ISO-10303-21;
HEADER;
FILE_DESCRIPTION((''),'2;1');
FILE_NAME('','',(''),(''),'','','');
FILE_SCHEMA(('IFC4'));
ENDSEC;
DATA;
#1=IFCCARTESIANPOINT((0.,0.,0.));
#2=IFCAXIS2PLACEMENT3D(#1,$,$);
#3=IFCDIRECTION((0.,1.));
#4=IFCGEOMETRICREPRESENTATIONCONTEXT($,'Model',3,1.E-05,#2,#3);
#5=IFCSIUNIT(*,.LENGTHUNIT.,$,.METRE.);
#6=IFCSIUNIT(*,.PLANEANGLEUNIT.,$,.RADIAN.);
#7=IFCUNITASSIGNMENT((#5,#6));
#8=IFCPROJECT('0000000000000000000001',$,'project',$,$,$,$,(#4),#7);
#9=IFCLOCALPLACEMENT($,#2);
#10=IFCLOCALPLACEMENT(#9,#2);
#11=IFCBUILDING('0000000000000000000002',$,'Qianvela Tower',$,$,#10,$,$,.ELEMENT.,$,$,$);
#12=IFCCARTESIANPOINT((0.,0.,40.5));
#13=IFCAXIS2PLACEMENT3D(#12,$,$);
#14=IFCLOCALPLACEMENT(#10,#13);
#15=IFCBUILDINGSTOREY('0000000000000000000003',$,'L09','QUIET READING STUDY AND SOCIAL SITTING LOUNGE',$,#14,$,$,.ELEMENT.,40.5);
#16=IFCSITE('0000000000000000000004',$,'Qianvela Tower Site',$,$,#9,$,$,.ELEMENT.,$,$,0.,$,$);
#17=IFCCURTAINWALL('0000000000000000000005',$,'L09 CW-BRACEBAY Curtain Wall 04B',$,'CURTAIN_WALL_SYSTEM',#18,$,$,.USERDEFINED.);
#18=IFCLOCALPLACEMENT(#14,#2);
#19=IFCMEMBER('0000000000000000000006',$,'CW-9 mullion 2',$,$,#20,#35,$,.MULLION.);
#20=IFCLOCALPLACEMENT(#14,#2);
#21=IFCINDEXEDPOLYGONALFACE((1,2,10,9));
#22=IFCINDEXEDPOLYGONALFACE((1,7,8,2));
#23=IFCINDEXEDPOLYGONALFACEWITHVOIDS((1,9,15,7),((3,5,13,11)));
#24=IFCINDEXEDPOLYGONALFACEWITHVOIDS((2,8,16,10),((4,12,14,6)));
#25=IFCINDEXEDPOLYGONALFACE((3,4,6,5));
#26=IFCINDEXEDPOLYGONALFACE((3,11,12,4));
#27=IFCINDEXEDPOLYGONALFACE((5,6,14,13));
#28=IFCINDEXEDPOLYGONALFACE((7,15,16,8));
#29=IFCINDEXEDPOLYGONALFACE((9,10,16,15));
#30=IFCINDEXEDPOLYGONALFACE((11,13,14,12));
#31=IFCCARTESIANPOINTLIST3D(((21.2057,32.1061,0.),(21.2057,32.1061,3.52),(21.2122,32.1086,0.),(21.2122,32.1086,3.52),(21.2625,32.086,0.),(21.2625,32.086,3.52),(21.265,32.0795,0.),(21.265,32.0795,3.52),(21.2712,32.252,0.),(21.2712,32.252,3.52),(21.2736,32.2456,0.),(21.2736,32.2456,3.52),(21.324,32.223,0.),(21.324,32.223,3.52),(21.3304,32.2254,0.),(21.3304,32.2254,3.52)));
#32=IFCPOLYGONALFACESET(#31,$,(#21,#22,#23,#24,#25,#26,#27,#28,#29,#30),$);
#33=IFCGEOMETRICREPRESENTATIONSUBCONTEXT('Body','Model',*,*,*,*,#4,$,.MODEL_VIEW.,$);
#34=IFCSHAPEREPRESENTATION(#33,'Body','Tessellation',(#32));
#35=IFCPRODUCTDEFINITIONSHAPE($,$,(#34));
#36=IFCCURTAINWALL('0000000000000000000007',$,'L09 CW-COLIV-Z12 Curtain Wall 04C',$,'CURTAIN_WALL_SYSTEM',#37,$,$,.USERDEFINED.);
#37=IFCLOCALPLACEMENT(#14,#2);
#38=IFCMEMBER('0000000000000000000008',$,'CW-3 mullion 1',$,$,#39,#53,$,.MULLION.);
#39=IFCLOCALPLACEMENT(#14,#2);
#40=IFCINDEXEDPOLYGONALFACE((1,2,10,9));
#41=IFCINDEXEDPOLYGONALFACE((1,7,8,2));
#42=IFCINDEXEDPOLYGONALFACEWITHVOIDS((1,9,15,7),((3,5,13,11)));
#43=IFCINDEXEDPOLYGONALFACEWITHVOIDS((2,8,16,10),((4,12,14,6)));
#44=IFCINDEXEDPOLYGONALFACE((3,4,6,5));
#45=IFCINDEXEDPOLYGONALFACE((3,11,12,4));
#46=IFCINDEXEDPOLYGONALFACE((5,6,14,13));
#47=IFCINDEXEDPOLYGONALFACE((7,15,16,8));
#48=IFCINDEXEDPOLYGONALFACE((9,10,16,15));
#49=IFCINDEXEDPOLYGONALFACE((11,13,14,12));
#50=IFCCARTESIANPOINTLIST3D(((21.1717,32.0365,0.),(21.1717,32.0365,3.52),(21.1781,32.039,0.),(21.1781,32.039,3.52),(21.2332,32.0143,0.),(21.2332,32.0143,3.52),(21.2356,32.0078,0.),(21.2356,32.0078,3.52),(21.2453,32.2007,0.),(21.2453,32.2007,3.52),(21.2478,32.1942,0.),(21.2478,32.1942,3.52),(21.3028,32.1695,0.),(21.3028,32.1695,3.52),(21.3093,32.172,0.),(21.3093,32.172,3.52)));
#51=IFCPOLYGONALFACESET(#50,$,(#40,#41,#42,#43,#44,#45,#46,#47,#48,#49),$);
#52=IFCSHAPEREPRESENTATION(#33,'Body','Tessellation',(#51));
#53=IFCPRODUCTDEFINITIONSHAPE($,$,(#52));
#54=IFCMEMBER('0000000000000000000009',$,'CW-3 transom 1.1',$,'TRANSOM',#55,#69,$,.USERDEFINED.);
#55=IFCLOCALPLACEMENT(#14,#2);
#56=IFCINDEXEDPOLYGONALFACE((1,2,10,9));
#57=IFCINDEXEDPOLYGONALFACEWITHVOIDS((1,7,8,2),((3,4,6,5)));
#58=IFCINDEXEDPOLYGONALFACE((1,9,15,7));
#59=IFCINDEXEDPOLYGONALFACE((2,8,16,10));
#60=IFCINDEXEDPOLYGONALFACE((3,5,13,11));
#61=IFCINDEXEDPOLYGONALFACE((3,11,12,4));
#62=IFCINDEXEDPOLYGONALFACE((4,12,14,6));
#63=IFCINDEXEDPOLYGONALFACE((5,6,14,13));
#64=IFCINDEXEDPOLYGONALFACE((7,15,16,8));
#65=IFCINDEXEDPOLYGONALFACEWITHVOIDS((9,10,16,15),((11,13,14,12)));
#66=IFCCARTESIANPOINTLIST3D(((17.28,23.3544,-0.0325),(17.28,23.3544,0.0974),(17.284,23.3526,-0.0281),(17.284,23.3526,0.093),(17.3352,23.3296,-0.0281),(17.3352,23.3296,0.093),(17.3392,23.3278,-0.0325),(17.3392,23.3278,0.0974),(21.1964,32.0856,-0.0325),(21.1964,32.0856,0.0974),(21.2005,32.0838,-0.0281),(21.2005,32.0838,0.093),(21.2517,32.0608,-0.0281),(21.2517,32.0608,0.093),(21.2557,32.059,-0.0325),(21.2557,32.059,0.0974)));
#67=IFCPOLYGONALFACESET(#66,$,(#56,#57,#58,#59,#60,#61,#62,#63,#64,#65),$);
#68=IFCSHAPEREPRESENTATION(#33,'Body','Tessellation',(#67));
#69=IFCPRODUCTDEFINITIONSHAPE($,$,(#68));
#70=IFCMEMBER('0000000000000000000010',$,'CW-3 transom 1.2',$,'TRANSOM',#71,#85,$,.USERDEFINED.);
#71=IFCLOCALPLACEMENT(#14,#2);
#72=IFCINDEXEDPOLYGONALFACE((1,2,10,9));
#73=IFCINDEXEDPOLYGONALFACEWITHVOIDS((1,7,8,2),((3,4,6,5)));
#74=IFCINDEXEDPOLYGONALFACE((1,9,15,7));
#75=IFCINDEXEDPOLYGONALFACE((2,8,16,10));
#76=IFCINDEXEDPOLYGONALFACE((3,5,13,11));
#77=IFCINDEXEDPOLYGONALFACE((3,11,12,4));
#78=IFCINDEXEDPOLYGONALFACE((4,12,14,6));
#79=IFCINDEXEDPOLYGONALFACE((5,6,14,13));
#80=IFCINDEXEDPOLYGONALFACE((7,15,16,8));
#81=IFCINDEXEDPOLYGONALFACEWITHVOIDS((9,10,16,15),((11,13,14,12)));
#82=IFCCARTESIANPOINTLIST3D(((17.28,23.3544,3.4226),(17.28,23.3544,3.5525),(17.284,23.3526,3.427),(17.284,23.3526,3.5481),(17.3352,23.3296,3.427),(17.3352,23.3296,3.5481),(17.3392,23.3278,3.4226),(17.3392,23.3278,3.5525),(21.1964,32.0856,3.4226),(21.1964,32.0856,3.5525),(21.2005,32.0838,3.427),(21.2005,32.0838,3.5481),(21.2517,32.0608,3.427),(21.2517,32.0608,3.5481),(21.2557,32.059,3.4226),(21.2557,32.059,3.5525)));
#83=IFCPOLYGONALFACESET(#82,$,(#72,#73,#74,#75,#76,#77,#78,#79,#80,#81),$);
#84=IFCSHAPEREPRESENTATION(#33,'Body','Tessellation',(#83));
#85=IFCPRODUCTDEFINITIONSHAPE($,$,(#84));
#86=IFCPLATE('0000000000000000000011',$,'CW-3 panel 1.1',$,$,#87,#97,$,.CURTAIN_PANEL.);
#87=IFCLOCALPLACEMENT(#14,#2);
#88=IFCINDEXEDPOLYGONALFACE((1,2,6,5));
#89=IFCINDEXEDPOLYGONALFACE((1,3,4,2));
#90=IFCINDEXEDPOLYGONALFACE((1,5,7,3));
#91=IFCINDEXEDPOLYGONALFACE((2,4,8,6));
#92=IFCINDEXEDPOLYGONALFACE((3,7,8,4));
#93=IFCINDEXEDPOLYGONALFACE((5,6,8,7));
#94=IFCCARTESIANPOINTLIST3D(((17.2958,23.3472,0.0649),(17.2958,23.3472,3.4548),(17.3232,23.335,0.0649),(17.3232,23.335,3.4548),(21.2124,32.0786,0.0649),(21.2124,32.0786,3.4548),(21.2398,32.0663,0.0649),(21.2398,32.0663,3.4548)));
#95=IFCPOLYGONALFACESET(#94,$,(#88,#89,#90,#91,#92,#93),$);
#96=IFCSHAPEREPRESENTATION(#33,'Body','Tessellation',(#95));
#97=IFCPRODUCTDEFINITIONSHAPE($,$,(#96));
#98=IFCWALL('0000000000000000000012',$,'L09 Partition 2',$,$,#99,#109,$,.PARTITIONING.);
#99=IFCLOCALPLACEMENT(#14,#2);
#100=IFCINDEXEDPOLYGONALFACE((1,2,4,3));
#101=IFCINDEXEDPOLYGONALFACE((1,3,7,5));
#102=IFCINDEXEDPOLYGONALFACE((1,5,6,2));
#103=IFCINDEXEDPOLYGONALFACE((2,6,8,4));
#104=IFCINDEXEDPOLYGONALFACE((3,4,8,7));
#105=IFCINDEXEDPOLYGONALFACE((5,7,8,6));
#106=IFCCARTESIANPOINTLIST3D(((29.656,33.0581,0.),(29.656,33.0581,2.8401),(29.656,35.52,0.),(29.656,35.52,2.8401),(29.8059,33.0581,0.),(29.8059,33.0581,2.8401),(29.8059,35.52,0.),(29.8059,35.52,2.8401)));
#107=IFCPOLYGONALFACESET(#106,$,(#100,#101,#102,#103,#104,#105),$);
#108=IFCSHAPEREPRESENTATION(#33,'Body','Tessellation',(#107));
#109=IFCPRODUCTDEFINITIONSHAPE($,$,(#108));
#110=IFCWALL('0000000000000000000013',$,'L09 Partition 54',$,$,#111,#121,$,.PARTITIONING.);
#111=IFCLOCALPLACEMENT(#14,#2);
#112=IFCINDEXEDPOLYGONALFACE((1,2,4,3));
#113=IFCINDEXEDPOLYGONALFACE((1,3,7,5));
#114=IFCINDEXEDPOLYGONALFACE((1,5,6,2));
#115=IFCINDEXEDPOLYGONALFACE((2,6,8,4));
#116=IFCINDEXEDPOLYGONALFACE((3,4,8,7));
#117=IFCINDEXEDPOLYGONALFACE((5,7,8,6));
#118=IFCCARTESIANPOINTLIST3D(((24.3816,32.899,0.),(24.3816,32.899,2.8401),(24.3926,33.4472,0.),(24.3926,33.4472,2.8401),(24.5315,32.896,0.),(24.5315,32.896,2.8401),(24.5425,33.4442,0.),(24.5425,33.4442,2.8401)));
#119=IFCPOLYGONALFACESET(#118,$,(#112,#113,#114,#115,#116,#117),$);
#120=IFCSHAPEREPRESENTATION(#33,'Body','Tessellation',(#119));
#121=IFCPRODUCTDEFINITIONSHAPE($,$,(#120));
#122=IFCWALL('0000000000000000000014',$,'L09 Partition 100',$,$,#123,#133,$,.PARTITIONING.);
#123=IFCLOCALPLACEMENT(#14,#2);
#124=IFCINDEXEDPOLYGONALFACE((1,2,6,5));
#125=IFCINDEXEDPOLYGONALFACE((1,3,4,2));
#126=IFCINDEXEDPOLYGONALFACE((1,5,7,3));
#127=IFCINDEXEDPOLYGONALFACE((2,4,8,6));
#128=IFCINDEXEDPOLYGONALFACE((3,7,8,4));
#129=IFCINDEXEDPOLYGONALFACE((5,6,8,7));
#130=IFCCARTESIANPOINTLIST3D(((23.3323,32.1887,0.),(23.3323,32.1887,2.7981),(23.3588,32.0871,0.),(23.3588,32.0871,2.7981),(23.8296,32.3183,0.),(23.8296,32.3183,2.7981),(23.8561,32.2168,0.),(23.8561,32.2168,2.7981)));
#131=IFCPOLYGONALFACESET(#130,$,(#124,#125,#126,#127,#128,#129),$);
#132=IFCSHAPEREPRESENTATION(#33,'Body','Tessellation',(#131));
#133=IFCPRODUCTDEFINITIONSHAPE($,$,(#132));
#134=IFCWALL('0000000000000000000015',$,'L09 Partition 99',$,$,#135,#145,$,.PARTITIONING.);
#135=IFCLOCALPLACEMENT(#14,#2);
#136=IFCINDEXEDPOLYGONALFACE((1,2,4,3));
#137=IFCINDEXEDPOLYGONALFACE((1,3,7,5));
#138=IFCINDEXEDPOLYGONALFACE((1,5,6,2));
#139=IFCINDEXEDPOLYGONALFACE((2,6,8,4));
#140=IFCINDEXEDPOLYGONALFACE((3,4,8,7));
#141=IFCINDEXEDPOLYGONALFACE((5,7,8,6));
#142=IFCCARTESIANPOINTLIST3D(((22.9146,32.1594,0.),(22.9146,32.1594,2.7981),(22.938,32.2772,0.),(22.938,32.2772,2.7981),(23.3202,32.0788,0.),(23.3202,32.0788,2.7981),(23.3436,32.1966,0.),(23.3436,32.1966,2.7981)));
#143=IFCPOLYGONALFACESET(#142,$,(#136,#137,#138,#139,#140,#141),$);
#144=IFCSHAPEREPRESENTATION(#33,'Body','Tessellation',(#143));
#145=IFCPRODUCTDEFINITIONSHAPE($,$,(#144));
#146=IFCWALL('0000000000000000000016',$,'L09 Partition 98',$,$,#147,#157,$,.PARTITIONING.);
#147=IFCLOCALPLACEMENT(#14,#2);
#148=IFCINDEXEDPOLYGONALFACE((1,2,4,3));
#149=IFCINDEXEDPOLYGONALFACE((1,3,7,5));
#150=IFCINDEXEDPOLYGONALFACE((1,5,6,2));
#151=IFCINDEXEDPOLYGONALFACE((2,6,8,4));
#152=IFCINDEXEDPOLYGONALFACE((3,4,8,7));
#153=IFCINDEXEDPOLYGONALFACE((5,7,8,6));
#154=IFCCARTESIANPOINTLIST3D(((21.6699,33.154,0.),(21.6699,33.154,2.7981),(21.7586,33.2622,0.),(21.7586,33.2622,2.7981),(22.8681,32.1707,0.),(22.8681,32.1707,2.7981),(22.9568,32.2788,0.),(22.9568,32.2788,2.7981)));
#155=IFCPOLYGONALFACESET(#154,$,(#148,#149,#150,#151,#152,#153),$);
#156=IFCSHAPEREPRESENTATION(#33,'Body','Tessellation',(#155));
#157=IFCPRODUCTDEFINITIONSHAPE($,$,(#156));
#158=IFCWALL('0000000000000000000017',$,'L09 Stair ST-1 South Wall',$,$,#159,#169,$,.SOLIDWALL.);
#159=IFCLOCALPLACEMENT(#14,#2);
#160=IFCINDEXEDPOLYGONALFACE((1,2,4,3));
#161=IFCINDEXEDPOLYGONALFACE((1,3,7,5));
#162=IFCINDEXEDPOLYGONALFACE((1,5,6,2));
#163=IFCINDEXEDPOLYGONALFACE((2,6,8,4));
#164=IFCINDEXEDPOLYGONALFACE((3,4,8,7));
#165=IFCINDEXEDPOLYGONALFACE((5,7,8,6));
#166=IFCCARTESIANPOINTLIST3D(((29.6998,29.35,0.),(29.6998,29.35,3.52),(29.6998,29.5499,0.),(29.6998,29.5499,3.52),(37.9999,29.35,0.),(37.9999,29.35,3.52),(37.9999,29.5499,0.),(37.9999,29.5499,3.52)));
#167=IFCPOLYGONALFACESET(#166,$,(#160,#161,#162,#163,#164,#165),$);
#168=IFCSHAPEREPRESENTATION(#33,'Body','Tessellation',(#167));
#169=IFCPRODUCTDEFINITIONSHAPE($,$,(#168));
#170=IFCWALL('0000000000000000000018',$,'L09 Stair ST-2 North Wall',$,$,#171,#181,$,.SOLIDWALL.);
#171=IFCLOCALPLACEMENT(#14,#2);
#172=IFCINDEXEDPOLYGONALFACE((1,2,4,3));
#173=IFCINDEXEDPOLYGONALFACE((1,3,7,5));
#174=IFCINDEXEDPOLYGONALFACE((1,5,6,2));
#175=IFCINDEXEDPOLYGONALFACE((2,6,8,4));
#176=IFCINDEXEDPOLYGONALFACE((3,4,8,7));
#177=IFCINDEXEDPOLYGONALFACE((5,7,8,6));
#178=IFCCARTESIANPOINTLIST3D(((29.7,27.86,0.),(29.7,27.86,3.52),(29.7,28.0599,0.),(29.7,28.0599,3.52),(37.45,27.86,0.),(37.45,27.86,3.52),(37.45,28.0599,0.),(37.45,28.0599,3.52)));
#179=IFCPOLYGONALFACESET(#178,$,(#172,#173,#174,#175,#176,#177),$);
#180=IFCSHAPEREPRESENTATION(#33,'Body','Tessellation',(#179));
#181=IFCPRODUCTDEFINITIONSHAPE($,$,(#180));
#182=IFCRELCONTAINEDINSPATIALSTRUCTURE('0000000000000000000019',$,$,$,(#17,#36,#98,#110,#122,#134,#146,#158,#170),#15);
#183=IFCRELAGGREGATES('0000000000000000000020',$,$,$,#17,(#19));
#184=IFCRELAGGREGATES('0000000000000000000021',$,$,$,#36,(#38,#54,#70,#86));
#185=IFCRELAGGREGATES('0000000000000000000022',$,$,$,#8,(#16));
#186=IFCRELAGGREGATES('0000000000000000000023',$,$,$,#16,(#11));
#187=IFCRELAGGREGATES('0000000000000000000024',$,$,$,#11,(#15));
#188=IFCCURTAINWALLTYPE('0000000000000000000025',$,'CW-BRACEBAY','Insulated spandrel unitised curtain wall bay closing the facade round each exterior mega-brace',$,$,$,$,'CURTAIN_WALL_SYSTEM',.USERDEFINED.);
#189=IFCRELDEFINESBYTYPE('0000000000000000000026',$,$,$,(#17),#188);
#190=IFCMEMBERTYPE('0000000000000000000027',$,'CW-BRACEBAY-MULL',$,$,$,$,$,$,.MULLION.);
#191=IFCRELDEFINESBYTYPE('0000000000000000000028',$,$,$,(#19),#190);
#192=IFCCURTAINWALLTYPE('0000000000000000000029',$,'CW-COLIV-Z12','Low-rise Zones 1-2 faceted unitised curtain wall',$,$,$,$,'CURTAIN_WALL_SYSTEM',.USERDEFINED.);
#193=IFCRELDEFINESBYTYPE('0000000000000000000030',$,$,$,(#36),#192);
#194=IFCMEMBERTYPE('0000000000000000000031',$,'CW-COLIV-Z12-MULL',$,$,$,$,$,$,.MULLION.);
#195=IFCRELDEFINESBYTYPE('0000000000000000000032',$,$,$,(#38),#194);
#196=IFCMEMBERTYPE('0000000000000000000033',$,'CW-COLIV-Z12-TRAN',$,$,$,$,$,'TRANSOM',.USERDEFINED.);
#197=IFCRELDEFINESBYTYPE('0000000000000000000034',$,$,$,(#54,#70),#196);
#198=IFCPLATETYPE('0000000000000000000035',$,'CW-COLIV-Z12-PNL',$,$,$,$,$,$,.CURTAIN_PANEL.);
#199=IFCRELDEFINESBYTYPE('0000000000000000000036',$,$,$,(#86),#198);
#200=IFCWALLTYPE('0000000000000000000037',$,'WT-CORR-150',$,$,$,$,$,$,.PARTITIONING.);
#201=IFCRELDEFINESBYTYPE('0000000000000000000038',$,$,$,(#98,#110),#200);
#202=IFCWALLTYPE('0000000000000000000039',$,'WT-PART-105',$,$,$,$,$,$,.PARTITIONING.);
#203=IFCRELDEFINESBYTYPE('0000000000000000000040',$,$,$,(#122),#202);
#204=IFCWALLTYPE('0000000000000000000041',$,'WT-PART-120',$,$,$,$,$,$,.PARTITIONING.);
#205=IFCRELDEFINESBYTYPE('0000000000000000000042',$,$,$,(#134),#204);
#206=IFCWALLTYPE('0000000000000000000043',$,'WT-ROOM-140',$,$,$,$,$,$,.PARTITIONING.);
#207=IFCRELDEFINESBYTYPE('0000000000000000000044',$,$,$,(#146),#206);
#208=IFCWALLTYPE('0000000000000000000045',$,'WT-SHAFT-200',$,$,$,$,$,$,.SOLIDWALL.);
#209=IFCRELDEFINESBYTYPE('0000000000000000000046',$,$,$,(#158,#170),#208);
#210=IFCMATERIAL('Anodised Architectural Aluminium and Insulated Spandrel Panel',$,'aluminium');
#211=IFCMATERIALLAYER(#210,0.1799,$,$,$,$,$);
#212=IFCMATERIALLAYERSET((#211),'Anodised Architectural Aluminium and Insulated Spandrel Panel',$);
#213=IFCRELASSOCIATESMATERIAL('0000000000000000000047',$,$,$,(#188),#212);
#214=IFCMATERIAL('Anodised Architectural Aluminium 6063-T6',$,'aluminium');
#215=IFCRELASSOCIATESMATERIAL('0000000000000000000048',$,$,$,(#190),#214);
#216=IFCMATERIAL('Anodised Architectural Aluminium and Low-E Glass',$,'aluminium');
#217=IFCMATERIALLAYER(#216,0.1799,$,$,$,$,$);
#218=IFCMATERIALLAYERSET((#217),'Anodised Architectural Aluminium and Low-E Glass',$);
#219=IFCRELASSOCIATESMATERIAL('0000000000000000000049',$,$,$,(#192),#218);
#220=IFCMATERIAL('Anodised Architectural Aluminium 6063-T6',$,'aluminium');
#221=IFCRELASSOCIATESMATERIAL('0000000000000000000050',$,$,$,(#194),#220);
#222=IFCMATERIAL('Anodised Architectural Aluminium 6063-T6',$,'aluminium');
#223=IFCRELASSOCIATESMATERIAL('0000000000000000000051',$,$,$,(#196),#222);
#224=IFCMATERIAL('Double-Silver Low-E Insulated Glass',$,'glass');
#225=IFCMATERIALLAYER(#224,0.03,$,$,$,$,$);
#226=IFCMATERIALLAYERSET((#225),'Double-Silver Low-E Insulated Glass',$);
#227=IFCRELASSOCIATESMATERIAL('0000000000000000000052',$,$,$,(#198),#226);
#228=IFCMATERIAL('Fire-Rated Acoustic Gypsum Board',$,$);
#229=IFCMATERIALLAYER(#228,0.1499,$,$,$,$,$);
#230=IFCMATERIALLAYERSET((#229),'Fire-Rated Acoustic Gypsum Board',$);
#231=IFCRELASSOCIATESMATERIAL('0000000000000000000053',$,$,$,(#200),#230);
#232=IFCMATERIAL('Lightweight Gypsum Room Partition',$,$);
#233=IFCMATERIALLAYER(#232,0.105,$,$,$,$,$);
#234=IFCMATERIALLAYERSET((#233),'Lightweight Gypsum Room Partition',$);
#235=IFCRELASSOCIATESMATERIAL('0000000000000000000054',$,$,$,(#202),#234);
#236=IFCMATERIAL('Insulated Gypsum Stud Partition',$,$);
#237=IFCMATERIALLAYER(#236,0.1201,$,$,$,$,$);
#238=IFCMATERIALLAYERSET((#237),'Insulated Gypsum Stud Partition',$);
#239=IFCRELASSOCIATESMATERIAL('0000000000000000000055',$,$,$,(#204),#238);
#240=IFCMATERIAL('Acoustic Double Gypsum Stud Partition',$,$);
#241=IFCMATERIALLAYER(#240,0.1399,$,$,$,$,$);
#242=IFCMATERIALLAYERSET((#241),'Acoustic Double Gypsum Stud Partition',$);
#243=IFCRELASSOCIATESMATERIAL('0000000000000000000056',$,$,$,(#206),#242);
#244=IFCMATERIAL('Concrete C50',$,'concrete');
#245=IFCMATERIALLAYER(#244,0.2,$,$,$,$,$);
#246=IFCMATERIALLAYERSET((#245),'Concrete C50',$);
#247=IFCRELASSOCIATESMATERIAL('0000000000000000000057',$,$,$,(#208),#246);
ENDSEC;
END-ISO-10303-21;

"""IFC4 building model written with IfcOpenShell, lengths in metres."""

from ifc_helpers import new_model, si_unit, direction, frame, frame_2d, origin, origin_2d, place, context, subcontext, project, spatial, rectangle, hollow_rectangle, extrude, material, layer, layer_set, material_profile, profile_set, type_object, element, aggregate, save


model = new_model("IFC4")

# Units and contexts
model_context = context("Model", 3, precision=1e-05, world=origin(), true_north=direction((0.0, 1.0)))
body_context = subcontext(model_context, "Body", "Model", "MODEL_VIEW")
ifc_project = project(units=[si_unit("LENGTHUNIT", "METRE"), si_unit("PLANEANGLEUNIT", "RADIAN")], contexts=[model_context])

# Site, building, storey
site_placement = place(None, origin())
site = spatial("IfcSite", under=ifc_project, at=site_placement, Name="Qianvela Tower Site", CompositionType="ELEMENT", RefElevation=0.0)
building_placement = place(site_placement, origin())
building = spatial("IfcBuilding", under=site, at=building_placement, Name="Qianvela Tower", CompositionType="ELEMENT")
storey_placement = place(building_placement, frame((0.0, 0.0, 40.5)))
storey = spatial("IfcBuildingStorey", under=building, at=storey_placement, Name="L09", Description="QUIET READING STUDY AND SOCIAL SITTING LOUNGE", CompositionType="ELEMENT", Elevation=40.5)

# Curtain wall, member
ifc_material_1 = material(Name="Anodised Architectural Aluminium and Insulated Spandrel Panel", Category="aluminium")
ifc_layer_1 = layer(ifc_material_1, 0.1799)
ifc_layer_set_1 = layer_set([ifc_layer_1], Name="Anodised Architectural Aluminium and Insulated Spandrel Panel")
curtain_wall_type_1 = type_object("IfcCurtainWallType", Name="CW-BRACEBAY", Description="Insulated spandrel unitised curtain wall bay closing the facade round each exterior mega-brace", ElementType="CURTAIN_WALL_SYSTEM", PredefinedType="USERDEFINED", material=ifc_layer_set_1)
curtain_wall_1_placement = place(storey_placement, origin())
curtain_wall_1 = element("IfcCurtainWall", 1, at=curtain_wall_1_placement, inside=storey, type_object=curtain_wall_type_1, Name="L09 CW-BRACEBAY Curtain Wall 04B", ObjectType="CURTAIN_WALL_SYSTEM", PredefinedType="USERDEFINED")
ifc_material_2 = material(Name="Anodised Architectural Aluminium 6063-T6", Category="aluminium")
ifc_material_profile_1 = material_profile(ifc_material_2, hollow_rectangle(XDim=0.0649, YDim=0.1599, WallThickness=0.0049, at=origin_2d()), Name="ALU-MULL-65x160")
ifc_profile_set_1 = profile_set([ifc_material_profile_1], Name="Anodised Architectural Aluminium 6063-T6")
member_type_1 = type_object("IfcMemberType", Name="CW-BRACEBAY-MULL", PredefinedType="MULLION", material=ifc_profile_set_1)
member_1_placement = place(storey_placement, frame((21.2681, 32.1658, 0.0), z_axis=(0.0, 0.0, 1.0), x_axis=(0.912412, -0.409273, 0.0)))
member_1 = element("IfcMember", 2, at=member_1_placement, type_object=member_type_1, Name="CW-9 mullion 2", PredefinedType="MULLION", context=body_context, shape_type="SweptSolid", body=[
    extrude(hollow_rectangle(XDim=0.0649, YDim=0.1599, WallThickness=0.0049, at=origin_2d()), origin(), (0.0, 0.0, 1.0), 3.52),
])
aggregate(curtain_wall_1, [member_1])

# Curtain wall, members, plate
ifc_material_3 = material(Name="Anodised Architectural Aluminium and Low-E Glass", Category="aluminium")
ifc_layer_2 = layer(ifc_material_3, 0.1799)
ifc_layer_set_2 = layer_set([ifc_layer_2], Name="Anodised Architectural Aluminium and Low-E Glass")
curtain_wall_type_2 = type_object("IfcCurtainWallType", Name="CW-COLIV-Z12", Description="Low-rise Zones 1-2 faceted unitised curtain wall", ElementType="CURTAIN_WALL_SYSTEM", PredefinedType="USERDEFINED", material=ifc_layer_set_2)
curtain_wall_2_placement = place(storey_placement, origin())
curtain_wall_2 = element("IfcCurtainWall", 3, at=curtain_wall_2_placement, inside=storey, type_object=curtain_wall_type_2, Name="L09 CW-COLIV-Z12 Curtain Wall 04C", ObjectType="CURTAIN_WALL_SYSTEM", PredefinedType="USERDEFINED")
ifc_material_4 = material(Name="Anodised Architectural Aluminium 6063-T6", Category="aluminium")
ifc_material_profile_2 = material_profile(ifc_material_4, hollow_rectangle(XDim=0.0701, YDim=0.1799, WallThickness=0.0049, at=origin_2d()), Name="ALU-MULL-70x180")
ifc_profile_set_2 = profile_set([ifc_material_profile_2], Name="Anodised Architectural Aluminium 6063-T6")
member_type_2 = type_object("IfcMemberType", Name="CW-COLIV-Z12-MULL", PredefinedType="MULLION", material=ifc_profile_set_2)
member_2_placement = place(storey_placement, frame((21.2405, 32.1042, 0.0), z_axis=(0.0, 0.0, 1.0), x_axis=(0.912408, -0.409281, 0.0)))
member_2 = element("IfcMember", 4, at=member_2_placement, type_object=member_type_2, Name="CW-3 mullion 1", PredefinedType="MULLION", context=body_context, shape_type="SweptSolid", body=[
    extrude(hollow_rectangle(XDim=0.0701, YDim=0.1799, WallThickness=0.0049, at=origin_2d()), origin(), (0.0, 0.0, 1.0), 3.52),
])
ifc_material_5 = material(Name="Anodised Architectural Aluminium 6063-T6", Category="aluminium")
ifc_material_profile_3 = material_profile(ifc_material_5, hollow_rectangle(XDim=0.0649, YDim=0.1299, WallThickness=0.0044, at=origin_2d()), Name="ALU-TRAN-65x130")
ifc_profile_set_3 = profile_set([ifc_material_profile_3], Name="Anodised Architectural Aluminium 6063-T6")
member_type_3 = type_object("IfcMemberType", Name="CW-COLIV-Z12-TRAN", ElementType="TRANSOM", PredefinedType="USERDEFINED", material=ifc_profile_set_3)
member_3_placement = place(storey_placement, frame((21.2261, 32.0723, 0.0325), z_axis=(-0.409275, -0.912411, 0.0), x_axis=(0.912411, -0.409275, 0.0)))
member_3 = element("IfcMember", 5, at=member_3_placement, type_object=member_type_3, Name="CW-3 transom 1.1", ObjectType="TRANSOM", PredefinedType="USERDEFINED", context=body_context, shape_type="SweptSolid", body=[
    extrude(hollow_rectangle(XDim=0.0649, YDim=0.1299, WallThickness=0.0044, at=origin_2d()), origin(), (0.0, 0.0, 1.0), 9.5693),
])
member_4_placement = place(storey_placement, frame((21.2261, 32.0723, 3.4875), z_axis=(-0.409275, -0.912411, 0.0), x_axis=(0.912411, -0.409275, 0.0)))
member_4 = element("IfcMember", 6, at=member_4_placement, type_object=member_type_3, Name="CW-3 transom 1.2", ObjectType="TRANSOM", PredefinedType="USERDEFINED", context=body_context, shape_type="SweptSolid", body=[
    extrude(hollow_rectangle(XDim=0.0649, YDim=0.1299, WallThickness=0.0044, at=origin_2d()), origin(), (0.0, 0.0, 1.0), 9.5693),
])
ifc_material_6 = material(Name="Double-Silver Low-E Insulated Glass", Category="glass")
ifc_layer_3 = layer(ifc_material_6, 0.03)
ifc_layer_set_3 = layer_set([ifc_layer_3], Name="Double-Silver Low-E Insulated Glass")
plate_type = type_object("IfcPlateType", Name="CW-COLIV-Z12-PNL", PredefinedType="CURTAIN_PANEL", material=ifc_layer_set_3)
plate_placement = place(storey_placement, frame((19.2678, 27.7068, 0.0649), z_axis=(0.0, 0.0, 1.0), x_axis=(-0.409281, -0.912408, 0.0)))
plate = element("IfcPlate", 7, at=plate_placement, type_object=plate_type, Name="CW-3 panel 1.1", PredefinedType="CURTAIN_PANEL", context=body_context, shape_type="SweptSolid", body=[
    extrude(rectangle(XDim=9.5696, YDim=0.03, at=origin_2d()), origin(), (0.0, 0.0, 1.0), 3.3899),
])
aggregate(curtain_wall_2, [member_2, member_3, member_4, plate])

# Walls
ifc_material_7 = material(Name="Fire-Rated Acoustic Gypsum Board")
ifc_layer_4 = layer(ifc_material_7, 0.1499)
ifc_layer_set_4 = layer_set([ifc_layer_4], Name="Fire-Rated Acoustic Gypsum Board")
wall_type_1 = type_object("IfcWallType", Name="WT-CORR-150", PredefinedType="PARTITIONING", material=ifc_layer_set_4)
wall_1_placement = place(storey_placement, frame((29.731, 33.0581, 0.0), z_axis=(0.0, 0.0, 1.0), x_axis=(0.0, 1.0, 0.0)))
element("IfcWall", 8, at=wall_1_placement, inside=storey, type_object=wall_type_1, Name="L09 Partition 2", PredefinedType="PARTITIONING", context=body_context, shape_type="SweptSolid", body=[
    extrude(rectangle(XDim=2.4619, YDim=0.1499, at=frame_2d((1.231, 0.0))), origin(), (0.0, 0.0, 1.0), 2.8401),
])
wall_2_placement = place(storey_placement, frame((24.4565, 32.8975, 0.0), z_axis=(0.0, 0.0, 1.0), x_axis=(0.020032, 0.999799, 0.0)))
element("IfcWall", 9, at=wall_2_placement, inside=storey, type_object=wall_type_1, Name="L09 Partition 54", PredefinedType="PARTITIONING", context=body_context, shape_type="SweptSolid", body=[
    extrude(rectangle(XDim=0.5483, YDim=0.1499, at=frame_2d((0.2742, 0.0))), origin(), (0.0, 0.0, 1.0), 2.8401),
])
ifc_material_8 = material(Name="Lightweight Gypsum Room Partition")
ifc_layer_5 = layer(ifc_material_8, 0.105)
ifc_layer_set_5 = layer_set([ifc_layer_5], Name="Lightweight Gypsum Room Partition")
wall_type_2 = type_object("IfcWallType", Name="WT-PART-105", PredefinedType="PARTITIONING", material=ifc_layer_set_5)
wall_3_placement = place(storey_placement, frame((23.3457, 32.1379, 0.0), z_axis=(0.0, 0.0, 1.0), x_axis=(0.967663, 0.252248, 0.0)))
element("IfcWall", 10, at=wall_3_placement, inside=storey, type_object=wall_type_2, Name="L09 Partition 100", PredefinedType="PARTITIONING", context=body_context, shape_type="SweptSolid", body=[
    extrude(rectangle(XDim=0.5139, YDim=0.105, at=frame_2d((0.2568, 0.0))), origin(), (0.0, 0.0, 1.0), 2.7981),
])
ifc_material_9 = material(Name="Insulated Gypsum Stud Partition")
ifc_layer_6 = layer(ifc_material_9, 0.1201)
ifc_layer_set_6 = layer_set([ifc_layer_6], Name="Insulated Gypsum Stud Partition")
wall_type_3 = type_object("IfcWallType", Name="WT-PART-120", PredefinedType="PARTITIONING", material=ifc_layer_set_6)
wall_4_placement = place(storey_placement, frame((22.9263, 32.2183, 0.0), z_axis=(0.0, 0.0, 1.0), x_axis=(0.980852, -0.194754, 0.0)))
element("IfcWall", 11, at=wall_4_placement, inside=storey, type_object=wall_type_3, Name="L09 Partition 99", PredefinedType="PARTITIONING", context=body_context, shape_type="SweptSolid", body=[
    extrude(rectangle(XDim=0.4136, YDim=0.1201, at=frame_2d((0.2068, 0.0))), origin(), (0.0, 0.0, 1.0), 2.7981),
])
ifc_material_10 = material(Name="Acoustic Double Gypsum Stud Partition")
ifc_layer_7 = layer(ifc_material_10, 0.1399)
ifc_layer_set_7 = layer_set([ifc_layer_7], Name="Acoustic Double Gypsum Stud Partition")
wall_type_4 = type_object("IfcWallType", Name="WT-ROOM-140", PredefinedType="PARTITIONING", material=ifc_layer_set_7)
wall_5_placement = place(storey_placement, frame((21.7144, 33.208, 0.0), z_axis=(0.0, 0.0, 1.0), x_axis=(0.773002, -0.634403, 0.0)))
element("IfcWall", 12, at=wall_5_placement, inside=storey, type_object=wall_type_4, Name="L09 Partition 98", PredefinedType="PARTITIONING", context=body_context, shape_type="SweptSolid", body=[
    extrude(rectangle(XDim=1.55, YDim=0.1399, at=frame_2d((0.7749, 0.0))), origin(), (0.0, 0.0, 1.0), 2.7981),
])
ifc_material_11 = material(Name="Concrete C50", Category="concrete")
ifc_layer_8 = layer(ifc_material_11, 0.2)
ifc_layer_set_8 = layer_set([ifc_layer_8], Name="Concrete C50")
wall_type_5 = type_object("IfcWallType", Name="WT-SHAFT-200", PredefinedType="SOLIDWALL", material=ifc_layer_set_8)
wall_6_placement = place(storey_placement, frame((29.7, 29.45, 0.0), z_axis=(0.0, 0.0, 1.0), x_axis=(1.0, 0.0, 0.0)))
element("IfcWall", 13, at=wall_6_placement, inside=storey, type_object=wall_type_5, Name="L09 Stair ST-1 South Wall", PredefinedType="SOLIDWALL", context=body_context, shape_type="SweptSolid", body=[
    extrude(rectangle(XDim=8.3, YDim=0.2, at=frame_2d((4.1499, 0.0))), origin(), (0.0, 0.0, 1.0), 3.52),
])
wall_7_placement = place(storey_placement, frame((29.7, 27.96, 0.0), z_axis=(0.0, 0.0, 1.0), x_axis=(1.0, 0.0, 0.0)))
element("IfcWall", 14, at=wall_7_placement, inside=storey, type_object=wall_type_5, Name="L09 Stair ST-2 North Wall", PredefinedType="SOLIDWALL", context=body_context, shape_type="SweptSolid", body=[
    extrude(rectangle(XDim=7.75, YDim=0.2, at=frame_2d((3.875, 0.0))), origin(), (0.0, 0.0, 1.0), 3.52),
])

save(model, "model.ifc")
